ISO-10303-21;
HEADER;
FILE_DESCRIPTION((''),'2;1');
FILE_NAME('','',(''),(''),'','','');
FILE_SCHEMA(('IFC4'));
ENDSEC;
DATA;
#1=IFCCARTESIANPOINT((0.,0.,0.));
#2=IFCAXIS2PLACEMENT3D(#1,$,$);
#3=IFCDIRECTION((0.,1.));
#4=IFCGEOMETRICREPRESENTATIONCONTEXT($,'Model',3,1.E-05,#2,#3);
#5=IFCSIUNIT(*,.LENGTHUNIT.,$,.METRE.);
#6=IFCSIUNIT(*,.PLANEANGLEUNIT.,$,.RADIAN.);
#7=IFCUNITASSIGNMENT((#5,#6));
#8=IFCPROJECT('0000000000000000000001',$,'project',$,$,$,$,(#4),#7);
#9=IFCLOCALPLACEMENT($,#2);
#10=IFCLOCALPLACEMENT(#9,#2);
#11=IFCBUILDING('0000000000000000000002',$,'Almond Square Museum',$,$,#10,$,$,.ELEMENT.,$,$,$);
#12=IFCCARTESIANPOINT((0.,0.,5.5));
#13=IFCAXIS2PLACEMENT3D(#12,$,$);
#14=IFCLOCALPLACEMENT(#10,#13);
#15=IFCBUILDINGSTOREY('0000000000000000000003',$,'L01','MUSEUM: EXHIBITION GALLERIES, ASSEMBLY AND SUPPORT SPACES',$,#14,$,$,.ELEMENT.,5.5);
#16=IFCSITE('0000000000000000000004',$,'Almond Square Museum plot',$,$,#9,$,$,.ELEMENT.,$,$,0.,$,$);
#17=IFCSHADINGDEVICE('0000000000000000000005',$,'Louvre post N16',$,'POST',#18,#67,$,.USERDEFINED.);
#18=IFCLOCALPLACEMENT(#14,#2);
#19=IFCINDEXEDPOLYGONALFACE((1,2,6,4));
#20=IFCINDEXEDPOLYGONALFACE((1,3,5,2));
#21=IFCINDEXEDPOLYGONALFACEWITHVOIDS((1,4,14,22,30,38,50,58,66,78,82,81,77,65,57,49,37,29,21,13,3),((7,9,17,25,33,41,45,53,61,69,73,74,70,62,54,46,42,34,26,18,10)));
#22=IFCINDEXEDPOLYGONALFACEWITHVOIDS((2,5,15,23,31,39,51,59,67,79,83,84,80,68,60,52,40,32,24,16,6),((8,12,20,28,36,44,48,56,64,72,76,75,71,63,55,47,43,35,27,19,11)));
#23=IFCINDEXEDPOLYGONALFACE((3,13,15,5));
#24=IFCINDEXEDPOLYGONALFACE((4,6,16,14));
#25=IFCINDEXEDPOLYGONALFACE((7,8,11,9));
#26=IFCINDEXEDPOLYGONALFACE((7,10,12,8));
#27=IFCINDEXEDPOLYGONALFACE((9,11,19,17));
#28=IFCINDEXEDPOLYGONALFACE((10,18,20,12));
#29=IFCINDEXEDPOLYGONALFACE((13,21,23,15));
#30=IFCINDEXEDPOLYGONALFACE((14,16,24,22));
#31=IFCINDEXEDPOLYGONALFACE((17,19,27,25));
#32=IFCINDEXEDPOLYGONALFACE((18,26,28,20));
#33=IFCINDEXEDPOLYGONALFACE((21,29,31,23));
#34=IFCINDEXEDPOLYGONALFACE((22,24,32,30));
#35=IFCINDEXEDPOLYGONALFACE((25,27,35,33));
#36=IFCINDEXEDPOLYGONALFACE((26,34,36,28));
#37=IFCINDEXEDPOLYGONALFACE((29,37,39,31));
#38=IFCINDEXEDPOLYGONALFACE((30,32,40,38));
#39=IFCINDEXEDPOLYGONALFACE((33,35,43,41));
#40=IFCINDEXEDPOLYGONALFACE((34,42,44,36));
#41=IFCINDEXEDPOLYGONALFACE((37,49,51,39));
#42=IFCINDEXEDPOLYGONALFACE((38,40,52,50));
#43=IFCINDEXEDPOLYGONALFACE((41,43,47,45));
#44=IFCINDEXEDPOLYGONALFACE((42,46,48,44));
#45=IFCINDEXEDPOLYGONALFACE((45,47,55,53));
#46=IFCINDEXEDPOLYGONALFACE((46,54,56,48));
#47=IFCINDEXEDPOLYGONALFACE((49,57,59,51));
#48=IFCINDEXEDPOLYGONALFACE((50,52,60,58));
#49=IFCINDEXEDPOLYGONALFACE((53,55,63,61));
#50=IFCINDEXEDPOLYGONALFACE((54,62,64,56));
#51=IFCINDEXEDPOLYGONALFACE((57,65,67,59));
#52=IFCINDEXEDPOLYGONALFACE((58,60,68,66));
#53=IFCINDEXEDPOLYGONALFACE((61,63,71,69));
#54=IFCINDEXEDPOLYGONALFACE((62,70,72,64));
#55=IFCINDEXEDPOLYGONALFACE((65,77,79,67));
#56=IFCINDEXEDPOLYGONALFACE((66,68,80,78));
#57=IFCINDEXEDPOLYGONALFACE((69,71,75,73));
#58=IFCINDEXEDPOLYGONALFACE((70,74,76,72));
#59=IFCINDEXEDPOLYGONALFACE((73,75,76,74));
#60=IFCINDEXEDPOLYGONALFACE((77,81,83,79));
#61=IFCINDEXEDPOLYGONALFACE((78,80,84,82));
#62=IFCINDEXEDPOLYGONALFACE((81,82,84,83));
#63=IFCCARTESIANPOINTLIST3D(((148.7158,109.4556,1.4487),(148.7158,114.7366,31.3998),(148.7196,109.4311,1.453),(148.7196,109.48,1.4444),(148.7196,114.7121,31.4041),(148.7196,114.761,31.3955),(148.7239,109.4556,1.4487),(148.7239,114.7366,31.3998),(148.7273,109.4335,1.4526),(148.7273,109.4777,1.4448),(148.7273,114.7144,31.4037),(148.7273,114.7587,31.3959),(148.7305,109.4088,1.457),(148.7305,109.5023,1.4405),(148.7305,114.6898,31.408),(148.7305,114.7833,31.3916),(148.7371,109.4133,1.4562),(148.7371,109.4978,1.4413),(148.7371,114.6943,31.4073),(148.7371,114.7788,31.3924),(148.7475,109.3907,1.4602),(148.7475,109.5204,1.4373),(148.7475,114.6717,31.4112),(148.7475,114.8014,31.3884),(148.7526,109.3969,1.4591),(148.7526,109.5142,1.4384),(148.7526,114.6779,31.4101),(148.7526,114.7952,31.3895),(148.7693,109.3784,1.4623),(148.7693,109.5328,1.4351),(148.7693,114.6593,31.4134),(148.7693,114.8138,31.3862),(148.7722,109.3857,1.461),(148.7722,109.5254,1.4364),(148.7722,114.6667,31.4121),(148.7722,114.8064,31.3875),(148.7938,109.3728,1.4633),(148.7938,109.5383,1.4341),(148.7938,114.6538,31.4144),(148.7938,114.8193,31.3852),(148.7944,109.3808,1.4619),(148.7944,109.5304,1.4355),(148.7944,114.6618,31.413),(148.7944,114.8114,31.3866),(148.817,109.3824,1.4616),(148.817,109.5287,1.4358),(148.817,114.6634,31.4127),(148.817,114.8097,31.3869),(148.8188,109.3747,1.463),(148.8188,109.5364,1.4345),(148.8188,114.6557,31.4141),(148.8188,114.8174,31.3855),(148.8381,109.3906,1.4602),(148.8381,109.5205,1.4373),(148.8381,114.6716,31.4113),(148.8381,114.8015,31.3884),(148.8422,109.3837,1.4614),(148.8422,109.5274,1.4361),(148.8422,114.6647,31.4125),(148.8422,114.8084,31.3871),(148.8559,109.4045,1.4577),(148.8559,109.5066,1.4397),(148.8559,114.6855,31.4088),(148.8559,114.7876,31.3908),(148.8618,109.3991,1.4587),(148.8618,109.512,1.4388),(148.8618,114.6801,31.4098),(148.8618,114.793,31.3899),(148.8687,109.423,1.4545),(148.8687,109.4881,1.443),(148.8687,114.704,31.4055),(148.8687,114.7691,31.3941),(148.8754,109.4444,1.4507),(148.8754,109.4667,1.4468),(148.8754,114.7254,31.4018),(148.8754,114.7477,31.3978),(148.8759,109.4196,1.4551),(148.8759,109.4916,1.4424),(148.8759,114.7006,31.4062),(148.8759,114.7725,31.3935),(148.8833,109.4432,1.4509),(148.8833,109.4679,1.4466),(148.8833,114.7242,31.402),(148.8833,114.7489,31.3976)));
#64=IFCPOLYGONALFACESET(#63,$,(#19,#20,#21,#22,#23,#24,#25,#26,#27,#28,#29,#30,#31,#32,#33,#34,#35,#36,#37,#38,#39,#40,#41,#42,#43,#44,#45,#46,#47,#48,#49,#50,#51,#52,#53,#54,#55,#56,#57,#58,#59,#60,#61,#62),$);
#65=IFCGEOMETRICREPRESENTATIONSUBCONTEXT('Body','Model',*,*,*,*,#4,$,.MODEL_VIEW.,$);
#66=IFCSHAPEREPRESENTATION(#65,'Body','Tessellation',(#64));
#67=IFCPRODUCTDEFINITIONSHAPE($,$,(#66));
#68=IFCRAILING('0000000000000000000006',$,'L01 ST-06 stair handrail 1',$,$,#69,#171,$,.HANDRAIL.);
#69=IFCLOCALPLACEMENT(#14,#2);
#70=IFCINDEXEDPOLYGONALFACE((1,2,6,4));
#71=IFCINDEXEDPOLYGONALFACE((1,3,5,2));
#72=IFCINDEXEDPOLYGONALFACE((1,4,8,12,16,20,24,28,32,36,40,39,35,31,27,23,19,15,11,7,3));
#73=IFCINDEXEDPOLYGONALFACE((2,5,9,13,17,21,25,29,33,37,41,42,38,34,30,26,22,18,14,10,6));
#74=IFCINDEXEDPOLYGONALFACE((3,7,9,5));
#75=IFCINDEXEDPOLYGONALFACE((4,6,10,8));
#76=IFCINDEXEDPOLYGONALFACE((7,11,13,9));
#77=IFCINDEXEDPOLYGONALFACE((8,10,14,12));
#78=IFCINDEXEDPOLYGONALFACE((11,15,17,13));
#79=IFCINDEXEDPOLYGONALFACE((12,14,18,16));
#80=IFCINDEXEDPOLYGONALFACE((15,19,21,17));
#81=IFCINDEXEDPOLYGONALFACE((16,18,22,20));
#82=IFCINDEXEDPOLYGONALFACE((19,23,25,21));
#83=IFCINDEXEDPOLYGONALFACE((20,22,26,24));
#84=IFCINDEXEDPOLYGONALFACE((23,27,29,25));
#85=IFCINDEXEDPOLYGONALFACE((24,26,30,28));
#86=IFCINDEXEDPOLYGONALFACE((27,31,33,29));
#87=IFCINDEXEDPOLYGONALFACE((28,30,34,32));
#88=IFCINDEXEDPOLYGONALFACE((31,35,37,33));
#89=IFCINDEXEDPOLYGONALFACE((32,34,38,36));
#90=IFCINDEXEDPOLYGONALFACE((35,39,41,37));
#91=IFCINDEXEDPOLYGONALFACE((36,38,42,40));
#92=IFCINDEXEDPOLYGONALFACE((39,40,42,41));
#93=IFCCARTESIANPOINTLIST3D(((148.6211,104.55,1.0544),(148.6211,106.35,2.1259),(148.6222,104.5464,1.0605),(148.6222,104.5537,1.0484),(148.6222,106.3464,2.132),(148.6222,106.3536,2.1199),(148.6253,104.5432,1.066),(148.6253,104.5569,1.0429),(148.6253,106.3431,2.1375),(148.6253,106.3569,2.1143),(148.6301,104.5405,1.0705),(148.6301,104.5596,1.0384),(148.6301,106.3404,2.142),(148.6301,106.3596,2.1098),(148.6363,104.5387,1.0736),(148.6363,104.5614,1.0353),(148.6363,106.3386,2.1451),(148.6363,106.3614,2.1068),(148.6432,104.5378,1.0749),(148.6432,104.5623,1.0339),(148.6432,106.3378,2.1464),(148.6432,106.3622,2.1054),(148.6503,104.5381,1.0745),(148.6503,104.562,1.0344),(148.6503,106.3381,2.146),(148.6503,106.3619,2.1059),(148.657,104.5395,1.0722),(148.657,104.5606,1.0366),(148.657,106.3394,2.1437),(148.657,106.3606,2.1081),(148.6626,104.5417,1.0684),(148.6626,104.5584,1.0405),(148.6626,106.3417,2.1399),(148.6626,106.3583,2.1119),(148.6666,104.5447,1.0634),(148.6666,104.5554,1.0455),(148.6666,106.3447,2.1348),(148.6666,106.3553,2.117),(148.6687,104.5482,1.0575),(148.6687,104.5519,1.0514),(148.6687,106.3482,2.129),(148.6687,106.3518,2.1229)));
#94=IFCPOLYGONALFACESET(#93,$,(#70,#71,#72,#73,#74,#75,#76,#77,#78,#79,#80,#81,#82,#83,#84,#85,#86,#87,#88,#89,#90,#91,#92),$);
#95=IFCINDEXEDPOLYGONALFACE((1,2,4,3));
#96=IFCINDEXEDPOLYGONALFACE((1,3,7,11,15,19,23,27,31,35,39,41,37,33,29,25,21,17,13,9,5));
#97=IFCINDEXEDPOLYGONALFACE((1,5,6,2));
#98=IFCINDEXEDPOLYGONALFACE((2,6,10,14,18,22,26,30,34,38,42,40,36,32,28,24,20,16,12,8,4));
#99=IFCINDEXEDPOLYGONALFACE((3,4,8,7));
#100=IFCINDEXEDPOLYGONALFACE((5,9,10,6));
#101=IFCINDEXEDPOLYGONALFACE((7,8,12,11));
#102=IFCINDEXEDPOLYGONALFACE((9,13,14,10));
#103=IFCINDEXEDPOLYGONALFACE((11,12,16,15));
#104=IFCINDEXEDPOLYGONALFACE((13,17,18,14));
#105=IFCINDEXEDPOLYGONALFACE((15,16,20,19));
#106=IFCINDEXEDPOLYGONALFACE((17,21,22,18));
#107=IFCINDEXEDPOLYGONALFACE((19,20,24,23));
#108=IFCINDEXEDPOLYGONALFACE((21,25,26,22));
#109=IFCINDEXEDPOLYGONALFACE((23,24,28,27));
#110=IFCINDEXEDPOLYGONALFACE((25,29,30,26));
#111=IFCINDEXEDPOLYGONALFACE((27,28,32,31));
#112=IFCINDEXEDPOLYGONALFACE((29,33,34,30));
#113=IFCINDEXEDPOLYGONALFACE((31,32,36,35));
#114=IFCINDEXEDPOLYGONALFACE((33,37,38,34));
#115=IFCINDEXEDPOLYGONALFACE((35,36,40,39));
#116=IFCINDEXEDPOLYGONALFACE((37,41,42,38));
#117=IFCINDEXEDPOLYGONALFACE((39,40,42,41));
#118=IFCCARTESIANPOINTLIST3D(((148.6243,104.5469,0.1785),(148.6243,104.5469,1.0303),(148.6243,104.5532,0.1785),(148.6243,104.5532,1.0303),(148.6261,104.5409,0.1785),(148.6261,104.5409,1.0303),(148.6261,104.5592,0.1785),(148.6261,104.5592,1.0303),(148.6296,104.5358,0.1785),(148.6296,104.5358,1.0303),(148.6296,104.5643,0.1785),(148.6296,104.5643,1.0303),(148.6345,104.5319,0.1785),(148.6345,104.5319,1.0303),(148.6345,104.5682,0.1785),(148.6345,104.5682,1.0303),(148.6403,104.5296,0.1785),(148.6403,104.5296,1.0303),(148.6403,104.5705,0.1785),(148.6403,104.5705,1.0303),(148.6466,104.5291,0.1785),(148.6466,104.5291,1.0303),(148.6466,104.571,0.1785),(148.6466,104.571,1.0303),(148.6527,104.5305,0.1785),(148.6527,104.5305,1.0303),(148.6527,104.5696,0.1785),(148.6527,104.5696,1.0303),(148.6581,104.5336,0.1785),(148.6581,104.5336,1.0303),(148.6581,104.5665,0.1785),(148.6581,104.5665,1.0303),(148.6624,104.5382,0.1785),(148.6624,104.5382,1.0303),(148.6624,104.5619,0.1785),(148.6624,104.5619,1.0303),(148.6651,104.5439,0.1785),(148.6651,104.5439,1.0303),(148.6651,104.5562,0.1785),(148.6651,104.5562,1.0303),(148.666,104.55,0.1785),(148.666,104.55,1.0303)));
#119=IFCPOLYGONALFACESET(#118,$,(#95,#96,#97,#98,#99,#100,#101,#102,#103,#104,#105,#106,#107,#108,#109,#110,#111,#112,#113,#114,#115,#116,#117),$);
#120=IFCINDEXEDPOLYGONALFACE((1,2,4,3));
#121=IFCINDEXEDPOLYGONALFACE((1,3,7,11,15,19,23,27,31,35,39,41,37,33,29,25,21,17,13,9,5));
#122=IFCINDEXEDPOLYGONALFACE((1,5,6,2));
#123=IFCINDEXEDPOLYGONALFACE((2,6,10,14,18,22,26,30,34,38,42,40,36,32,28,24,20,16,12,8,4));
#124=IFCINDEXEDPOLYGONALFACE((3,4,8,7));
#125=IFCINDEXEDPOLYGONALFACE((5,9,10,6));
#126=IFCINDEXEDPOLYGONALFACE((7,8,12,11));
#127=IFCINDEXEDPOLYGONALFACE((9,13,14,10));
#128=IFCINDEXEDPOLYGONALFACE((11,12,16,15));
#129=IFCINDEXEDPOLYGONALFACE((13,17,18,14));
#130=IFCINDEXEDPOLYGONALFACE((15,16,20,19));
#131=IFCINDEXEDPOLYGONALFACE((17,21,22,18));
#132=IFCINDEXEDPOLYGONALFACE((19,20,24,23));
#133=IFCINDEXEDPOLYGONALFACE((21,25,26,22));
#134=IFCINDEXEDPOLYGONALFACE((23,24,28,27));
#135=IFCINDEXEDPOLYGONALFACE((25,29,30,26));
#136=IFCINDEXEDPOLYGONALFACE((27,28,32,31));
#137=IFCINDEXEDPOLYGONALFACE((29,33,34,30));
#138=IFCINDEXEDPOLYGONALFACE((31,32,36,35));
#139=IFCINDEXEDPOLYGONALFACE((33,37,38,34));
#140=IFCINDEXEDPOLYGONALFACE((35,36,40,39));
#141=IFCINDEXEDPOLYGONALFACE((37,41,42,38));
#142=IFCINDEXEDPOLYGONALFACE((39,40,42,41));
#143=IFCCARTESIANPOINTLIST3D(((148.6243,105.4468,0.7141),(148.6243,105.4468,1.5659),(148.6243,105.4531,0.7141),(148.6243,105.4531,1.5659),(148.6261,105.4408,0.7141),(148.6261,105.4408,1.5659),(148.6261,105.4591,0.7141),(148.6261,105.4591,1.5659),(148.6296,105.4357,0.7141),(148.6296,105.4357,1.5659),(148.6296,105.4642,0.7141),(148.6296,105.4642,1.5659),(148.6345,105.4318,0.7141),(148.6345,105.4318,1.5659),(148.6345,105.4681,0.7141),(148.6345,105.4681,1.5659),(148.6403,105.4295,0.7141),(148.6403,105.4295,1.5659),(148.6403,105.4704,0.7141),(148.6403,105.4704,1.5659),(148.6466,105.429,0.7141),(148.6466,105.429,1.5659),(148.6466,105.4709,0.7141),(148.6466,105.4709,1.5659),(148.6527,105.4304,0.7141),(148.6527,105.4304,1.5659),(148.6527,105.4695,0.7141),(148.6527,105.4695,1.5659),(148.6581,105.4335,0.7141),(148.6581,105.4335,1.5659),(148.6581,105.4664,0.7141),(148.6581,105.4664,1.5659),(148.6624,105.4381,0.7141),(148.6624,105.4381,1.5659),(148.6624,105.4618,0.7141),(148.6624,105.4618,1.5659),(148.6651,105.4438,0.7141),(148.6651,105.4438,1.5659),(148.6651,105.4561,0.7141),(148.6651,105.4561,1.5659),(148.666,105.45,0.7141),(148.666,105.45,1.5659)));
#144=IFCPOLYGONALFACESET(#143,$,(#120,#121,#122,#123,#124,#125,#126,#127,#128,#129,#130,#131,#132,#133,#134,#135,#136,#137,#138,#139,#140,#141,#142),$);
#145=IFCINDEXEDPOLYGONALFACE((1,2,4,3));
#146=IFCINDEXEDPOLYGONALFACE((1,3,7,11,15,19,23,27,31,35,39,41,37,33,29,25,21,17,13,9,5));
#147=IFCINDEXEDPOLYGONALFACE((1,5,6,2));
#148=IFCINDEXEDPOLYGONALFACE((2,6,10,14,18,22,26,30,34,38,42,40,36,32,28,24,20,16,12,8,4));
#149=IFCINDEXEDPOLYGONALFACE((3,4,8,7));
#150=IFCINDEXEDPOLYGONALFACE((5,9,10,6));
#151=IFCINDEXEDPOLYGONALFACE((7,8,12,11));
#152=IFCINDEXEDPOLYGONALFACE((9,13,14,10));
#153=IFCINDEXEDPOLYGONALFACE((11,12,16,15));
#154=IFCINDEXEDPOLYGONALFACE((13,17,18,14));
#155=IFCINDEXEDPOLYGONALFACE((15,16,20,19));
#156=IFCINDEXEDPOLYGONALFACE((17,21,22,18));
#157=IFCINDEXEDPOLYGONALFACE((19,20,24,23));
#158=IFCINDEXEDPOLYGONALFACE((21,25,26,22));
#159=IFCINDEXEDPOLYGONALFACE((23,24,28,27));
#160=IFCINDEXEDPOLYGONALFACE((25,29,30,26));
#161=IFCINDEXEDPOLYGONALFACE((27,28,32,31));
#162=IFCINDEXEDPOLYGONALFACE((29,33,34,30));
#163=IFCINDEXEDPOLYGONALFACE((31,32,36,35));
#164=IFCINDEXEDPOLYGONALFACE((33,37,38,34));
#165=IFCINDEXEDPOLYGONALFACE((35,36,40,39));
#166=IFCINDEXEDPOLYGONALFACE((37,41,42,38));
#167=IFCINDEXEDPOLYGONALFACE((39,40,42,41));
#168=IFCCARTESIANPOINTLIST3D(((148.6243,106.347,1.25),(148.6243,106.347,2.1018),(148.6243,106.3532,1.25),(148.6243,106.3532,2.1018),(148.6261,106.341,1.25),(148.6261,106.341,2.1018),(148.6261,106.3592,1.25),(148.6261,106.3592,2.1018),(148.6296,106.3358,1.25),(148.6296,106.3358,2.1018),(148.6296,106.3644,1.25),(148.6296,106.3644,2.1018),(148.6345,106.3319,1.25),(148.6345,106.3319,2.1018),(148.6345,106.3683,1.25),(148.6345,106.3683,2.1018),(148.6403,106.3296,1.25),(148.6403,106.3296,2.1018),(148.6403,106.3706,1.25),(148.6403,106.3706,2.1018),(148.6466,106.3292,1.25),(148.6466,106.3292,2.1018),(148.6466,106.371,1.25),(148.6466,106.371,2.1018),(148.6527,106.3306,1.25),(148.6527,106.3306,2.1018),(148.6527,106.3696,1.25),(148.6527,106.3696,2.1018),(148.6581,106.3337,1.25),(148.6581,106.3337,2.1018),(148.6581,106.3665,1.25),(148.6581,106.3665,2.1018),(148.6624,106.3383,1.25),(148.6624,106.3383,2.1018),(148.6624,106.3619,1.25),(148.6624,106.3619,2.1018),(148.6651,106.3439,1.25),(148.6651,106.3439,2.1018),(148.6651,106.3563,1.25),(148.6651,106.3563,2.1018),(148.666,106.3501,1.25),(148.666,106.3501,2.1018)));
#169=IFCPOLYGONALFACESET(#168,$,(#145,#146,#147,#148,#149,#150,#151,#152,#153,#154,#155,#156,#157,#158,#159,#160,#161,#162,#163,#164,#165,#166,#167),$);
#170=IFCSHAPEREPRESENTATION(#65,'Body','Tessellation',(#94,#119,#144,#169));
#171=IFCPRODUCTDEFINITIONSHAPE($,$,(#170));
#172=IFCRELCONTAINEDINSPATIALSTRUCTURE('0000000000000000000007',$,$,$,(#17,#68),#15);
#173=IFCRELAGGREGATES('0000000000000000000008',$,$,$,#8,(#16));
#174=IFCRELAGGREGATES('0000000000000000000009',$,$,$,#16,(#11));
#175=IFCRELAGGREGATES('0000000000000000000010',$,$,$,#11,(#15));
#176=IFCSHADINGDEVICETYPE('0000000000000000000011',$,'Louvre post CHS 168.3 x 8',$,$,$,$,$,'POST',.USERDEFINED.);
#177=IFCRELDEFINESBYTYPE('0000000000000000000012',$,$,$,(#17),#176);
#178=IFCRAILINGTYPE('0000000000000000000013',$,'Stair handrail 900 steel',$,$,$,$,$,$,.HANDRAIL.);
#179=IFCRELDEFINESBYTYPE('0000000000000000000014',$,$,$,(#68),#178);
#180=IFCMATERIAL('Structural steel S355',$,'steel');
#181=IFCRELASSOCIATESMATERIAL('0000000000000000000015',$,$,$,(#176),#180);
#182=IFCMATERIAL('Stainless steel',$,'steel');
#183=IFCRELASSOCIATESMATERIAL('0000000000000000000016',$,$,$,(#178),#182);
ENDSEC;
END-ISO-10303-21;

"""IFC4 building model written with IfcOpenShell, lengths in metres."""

from ifc_helpers import new_model, si_unit, direction, frame, origin, origin_2d, place, context, subcontext, project, spatial, circle, hollow_circle, extrude, material, material_profile, profile_set, type_object, element, save


model = new_model("IFC4")

# Units and contexts
model_context = context("Model", 3, precision=1e-05, world=origin(), true_north=direction((0.0, 1.0)))
body_context = subcontext(model_context, "Body", "Model", "MODEL_VIEW")
ifc_project = project(units=[si_unit("LENGTHUNIT", "METRE"), si_unit("PLANEANGLEUNIT", "RADIAN")], contexts=[model_context])

# Site, building, storey
site_placement = place(None, origin())
site = spatial("IfcSite", under=ifc_project, at=site_placement, Name="Almond Square Museum plot", CompositionType="ELEMENT", RefElevation=0.0)
building_placement = place(site_placement, origin())
building = spatial("IfcBuilding", under=site, at=building_placement, Name="Almond Square Museum", CompositionType="ELEMENT")
storey_placement = place(building_placement, frame((0.0, 0.0, 5.5)))
storey = spatial("IfcBuildingStorey", under=building, at=storey_placement, Name="L01", Description="MUSEUM: EXHIBITION GALLERIES, ASSEMBLY AND SUPPORT SPACES", CompositionType="ELEMENT", Elevation=5.5)

# Shading device
ifc_material_1 = material(Name="Structural steel S355", Category="steel")
ifc_material_profile_1 = material_profile(ifc_material_1, hollow_circle(Radius=0.0842, WallThickness=0.0081, at=origin_2d()))
ifc_profile_set_1 = profile_set([ifc_material_profile_1], Name="Structural steel S355")
shading_device_type_1 = type_object("IfcShadingDeviceType", Name="Louvre post CHS 168.3 x 8", ElementType="POST", PredefinedType="USERDEFINED", material=ifc_profile_set_1)
shading_device_1_placement = place(storey_placement, frame((148.8, 109.4556, 1.4487), z_axis=(0.0, 0.173642, 0.984809), x_axis=(-1.0, 0.0, 0.0)))
element("IfcShadingDevice", 1, at=shading_device_1_placement, inside=storey, type_object=shading_device_type_1, Name="Louvre post N16", ObjectType="POST", PredefinedType="USERDEFINED", context=body_context, shape_type="SweptSolid", body=[
    extrude(hollow_circle(Radius=0.0842, WallThickness=0.0081, at=origin_2d()), origin(), (0.0, 0.0, 1.0), 30.4131),
])

# Railing
ifc_material_2 = material(Name="Stainless steel", Category="steel")
railing_type = type_object("IfcRailingType", Name="Stair handrail 900 steel", PredefinedType="HANDRAIL", material=ifc_material_2)
for number, where, name in (
    (2, (148.645, 104.55, 0.1785), "L01 ST-06 stair handrail 1"),
):
    element("IfcRailing", number, at=place(storey_placement, frame(where)), inside=storey, type_object=railing_type, Name=name, PredefinedType="HANDRAIL", context=body_context, shape_type="SweptSolid", body=[
        extrude(circle(Radius=0.0239, at=origin_2d()), frame((0.0, 0.0, 0.876), z_axis=(0.0, 0.859277, 0.51151), x_axis=(-1.0, 0.0, 0.0)), (0.0, 0.0, 1.0), 2.0947),
        extrude(circle(Radius=0.021, at=origin_2d()), origin(), (0.0, 0.0, 1.0), 0.8518),
        extrude(circle(Radius=0.021, at=origin_2d()), frame((0.0, 0.8999, 0.5356)), (0.0, 0.0, 1.0), 0.8518),
        extrude(circle(Radius=0.021, at=origin_2d()), frame((0.0, 1.8, 1.0715)), (0.0, 0.0, 1.0), 0.8518),
    ])

save(model, "model.ifc")
